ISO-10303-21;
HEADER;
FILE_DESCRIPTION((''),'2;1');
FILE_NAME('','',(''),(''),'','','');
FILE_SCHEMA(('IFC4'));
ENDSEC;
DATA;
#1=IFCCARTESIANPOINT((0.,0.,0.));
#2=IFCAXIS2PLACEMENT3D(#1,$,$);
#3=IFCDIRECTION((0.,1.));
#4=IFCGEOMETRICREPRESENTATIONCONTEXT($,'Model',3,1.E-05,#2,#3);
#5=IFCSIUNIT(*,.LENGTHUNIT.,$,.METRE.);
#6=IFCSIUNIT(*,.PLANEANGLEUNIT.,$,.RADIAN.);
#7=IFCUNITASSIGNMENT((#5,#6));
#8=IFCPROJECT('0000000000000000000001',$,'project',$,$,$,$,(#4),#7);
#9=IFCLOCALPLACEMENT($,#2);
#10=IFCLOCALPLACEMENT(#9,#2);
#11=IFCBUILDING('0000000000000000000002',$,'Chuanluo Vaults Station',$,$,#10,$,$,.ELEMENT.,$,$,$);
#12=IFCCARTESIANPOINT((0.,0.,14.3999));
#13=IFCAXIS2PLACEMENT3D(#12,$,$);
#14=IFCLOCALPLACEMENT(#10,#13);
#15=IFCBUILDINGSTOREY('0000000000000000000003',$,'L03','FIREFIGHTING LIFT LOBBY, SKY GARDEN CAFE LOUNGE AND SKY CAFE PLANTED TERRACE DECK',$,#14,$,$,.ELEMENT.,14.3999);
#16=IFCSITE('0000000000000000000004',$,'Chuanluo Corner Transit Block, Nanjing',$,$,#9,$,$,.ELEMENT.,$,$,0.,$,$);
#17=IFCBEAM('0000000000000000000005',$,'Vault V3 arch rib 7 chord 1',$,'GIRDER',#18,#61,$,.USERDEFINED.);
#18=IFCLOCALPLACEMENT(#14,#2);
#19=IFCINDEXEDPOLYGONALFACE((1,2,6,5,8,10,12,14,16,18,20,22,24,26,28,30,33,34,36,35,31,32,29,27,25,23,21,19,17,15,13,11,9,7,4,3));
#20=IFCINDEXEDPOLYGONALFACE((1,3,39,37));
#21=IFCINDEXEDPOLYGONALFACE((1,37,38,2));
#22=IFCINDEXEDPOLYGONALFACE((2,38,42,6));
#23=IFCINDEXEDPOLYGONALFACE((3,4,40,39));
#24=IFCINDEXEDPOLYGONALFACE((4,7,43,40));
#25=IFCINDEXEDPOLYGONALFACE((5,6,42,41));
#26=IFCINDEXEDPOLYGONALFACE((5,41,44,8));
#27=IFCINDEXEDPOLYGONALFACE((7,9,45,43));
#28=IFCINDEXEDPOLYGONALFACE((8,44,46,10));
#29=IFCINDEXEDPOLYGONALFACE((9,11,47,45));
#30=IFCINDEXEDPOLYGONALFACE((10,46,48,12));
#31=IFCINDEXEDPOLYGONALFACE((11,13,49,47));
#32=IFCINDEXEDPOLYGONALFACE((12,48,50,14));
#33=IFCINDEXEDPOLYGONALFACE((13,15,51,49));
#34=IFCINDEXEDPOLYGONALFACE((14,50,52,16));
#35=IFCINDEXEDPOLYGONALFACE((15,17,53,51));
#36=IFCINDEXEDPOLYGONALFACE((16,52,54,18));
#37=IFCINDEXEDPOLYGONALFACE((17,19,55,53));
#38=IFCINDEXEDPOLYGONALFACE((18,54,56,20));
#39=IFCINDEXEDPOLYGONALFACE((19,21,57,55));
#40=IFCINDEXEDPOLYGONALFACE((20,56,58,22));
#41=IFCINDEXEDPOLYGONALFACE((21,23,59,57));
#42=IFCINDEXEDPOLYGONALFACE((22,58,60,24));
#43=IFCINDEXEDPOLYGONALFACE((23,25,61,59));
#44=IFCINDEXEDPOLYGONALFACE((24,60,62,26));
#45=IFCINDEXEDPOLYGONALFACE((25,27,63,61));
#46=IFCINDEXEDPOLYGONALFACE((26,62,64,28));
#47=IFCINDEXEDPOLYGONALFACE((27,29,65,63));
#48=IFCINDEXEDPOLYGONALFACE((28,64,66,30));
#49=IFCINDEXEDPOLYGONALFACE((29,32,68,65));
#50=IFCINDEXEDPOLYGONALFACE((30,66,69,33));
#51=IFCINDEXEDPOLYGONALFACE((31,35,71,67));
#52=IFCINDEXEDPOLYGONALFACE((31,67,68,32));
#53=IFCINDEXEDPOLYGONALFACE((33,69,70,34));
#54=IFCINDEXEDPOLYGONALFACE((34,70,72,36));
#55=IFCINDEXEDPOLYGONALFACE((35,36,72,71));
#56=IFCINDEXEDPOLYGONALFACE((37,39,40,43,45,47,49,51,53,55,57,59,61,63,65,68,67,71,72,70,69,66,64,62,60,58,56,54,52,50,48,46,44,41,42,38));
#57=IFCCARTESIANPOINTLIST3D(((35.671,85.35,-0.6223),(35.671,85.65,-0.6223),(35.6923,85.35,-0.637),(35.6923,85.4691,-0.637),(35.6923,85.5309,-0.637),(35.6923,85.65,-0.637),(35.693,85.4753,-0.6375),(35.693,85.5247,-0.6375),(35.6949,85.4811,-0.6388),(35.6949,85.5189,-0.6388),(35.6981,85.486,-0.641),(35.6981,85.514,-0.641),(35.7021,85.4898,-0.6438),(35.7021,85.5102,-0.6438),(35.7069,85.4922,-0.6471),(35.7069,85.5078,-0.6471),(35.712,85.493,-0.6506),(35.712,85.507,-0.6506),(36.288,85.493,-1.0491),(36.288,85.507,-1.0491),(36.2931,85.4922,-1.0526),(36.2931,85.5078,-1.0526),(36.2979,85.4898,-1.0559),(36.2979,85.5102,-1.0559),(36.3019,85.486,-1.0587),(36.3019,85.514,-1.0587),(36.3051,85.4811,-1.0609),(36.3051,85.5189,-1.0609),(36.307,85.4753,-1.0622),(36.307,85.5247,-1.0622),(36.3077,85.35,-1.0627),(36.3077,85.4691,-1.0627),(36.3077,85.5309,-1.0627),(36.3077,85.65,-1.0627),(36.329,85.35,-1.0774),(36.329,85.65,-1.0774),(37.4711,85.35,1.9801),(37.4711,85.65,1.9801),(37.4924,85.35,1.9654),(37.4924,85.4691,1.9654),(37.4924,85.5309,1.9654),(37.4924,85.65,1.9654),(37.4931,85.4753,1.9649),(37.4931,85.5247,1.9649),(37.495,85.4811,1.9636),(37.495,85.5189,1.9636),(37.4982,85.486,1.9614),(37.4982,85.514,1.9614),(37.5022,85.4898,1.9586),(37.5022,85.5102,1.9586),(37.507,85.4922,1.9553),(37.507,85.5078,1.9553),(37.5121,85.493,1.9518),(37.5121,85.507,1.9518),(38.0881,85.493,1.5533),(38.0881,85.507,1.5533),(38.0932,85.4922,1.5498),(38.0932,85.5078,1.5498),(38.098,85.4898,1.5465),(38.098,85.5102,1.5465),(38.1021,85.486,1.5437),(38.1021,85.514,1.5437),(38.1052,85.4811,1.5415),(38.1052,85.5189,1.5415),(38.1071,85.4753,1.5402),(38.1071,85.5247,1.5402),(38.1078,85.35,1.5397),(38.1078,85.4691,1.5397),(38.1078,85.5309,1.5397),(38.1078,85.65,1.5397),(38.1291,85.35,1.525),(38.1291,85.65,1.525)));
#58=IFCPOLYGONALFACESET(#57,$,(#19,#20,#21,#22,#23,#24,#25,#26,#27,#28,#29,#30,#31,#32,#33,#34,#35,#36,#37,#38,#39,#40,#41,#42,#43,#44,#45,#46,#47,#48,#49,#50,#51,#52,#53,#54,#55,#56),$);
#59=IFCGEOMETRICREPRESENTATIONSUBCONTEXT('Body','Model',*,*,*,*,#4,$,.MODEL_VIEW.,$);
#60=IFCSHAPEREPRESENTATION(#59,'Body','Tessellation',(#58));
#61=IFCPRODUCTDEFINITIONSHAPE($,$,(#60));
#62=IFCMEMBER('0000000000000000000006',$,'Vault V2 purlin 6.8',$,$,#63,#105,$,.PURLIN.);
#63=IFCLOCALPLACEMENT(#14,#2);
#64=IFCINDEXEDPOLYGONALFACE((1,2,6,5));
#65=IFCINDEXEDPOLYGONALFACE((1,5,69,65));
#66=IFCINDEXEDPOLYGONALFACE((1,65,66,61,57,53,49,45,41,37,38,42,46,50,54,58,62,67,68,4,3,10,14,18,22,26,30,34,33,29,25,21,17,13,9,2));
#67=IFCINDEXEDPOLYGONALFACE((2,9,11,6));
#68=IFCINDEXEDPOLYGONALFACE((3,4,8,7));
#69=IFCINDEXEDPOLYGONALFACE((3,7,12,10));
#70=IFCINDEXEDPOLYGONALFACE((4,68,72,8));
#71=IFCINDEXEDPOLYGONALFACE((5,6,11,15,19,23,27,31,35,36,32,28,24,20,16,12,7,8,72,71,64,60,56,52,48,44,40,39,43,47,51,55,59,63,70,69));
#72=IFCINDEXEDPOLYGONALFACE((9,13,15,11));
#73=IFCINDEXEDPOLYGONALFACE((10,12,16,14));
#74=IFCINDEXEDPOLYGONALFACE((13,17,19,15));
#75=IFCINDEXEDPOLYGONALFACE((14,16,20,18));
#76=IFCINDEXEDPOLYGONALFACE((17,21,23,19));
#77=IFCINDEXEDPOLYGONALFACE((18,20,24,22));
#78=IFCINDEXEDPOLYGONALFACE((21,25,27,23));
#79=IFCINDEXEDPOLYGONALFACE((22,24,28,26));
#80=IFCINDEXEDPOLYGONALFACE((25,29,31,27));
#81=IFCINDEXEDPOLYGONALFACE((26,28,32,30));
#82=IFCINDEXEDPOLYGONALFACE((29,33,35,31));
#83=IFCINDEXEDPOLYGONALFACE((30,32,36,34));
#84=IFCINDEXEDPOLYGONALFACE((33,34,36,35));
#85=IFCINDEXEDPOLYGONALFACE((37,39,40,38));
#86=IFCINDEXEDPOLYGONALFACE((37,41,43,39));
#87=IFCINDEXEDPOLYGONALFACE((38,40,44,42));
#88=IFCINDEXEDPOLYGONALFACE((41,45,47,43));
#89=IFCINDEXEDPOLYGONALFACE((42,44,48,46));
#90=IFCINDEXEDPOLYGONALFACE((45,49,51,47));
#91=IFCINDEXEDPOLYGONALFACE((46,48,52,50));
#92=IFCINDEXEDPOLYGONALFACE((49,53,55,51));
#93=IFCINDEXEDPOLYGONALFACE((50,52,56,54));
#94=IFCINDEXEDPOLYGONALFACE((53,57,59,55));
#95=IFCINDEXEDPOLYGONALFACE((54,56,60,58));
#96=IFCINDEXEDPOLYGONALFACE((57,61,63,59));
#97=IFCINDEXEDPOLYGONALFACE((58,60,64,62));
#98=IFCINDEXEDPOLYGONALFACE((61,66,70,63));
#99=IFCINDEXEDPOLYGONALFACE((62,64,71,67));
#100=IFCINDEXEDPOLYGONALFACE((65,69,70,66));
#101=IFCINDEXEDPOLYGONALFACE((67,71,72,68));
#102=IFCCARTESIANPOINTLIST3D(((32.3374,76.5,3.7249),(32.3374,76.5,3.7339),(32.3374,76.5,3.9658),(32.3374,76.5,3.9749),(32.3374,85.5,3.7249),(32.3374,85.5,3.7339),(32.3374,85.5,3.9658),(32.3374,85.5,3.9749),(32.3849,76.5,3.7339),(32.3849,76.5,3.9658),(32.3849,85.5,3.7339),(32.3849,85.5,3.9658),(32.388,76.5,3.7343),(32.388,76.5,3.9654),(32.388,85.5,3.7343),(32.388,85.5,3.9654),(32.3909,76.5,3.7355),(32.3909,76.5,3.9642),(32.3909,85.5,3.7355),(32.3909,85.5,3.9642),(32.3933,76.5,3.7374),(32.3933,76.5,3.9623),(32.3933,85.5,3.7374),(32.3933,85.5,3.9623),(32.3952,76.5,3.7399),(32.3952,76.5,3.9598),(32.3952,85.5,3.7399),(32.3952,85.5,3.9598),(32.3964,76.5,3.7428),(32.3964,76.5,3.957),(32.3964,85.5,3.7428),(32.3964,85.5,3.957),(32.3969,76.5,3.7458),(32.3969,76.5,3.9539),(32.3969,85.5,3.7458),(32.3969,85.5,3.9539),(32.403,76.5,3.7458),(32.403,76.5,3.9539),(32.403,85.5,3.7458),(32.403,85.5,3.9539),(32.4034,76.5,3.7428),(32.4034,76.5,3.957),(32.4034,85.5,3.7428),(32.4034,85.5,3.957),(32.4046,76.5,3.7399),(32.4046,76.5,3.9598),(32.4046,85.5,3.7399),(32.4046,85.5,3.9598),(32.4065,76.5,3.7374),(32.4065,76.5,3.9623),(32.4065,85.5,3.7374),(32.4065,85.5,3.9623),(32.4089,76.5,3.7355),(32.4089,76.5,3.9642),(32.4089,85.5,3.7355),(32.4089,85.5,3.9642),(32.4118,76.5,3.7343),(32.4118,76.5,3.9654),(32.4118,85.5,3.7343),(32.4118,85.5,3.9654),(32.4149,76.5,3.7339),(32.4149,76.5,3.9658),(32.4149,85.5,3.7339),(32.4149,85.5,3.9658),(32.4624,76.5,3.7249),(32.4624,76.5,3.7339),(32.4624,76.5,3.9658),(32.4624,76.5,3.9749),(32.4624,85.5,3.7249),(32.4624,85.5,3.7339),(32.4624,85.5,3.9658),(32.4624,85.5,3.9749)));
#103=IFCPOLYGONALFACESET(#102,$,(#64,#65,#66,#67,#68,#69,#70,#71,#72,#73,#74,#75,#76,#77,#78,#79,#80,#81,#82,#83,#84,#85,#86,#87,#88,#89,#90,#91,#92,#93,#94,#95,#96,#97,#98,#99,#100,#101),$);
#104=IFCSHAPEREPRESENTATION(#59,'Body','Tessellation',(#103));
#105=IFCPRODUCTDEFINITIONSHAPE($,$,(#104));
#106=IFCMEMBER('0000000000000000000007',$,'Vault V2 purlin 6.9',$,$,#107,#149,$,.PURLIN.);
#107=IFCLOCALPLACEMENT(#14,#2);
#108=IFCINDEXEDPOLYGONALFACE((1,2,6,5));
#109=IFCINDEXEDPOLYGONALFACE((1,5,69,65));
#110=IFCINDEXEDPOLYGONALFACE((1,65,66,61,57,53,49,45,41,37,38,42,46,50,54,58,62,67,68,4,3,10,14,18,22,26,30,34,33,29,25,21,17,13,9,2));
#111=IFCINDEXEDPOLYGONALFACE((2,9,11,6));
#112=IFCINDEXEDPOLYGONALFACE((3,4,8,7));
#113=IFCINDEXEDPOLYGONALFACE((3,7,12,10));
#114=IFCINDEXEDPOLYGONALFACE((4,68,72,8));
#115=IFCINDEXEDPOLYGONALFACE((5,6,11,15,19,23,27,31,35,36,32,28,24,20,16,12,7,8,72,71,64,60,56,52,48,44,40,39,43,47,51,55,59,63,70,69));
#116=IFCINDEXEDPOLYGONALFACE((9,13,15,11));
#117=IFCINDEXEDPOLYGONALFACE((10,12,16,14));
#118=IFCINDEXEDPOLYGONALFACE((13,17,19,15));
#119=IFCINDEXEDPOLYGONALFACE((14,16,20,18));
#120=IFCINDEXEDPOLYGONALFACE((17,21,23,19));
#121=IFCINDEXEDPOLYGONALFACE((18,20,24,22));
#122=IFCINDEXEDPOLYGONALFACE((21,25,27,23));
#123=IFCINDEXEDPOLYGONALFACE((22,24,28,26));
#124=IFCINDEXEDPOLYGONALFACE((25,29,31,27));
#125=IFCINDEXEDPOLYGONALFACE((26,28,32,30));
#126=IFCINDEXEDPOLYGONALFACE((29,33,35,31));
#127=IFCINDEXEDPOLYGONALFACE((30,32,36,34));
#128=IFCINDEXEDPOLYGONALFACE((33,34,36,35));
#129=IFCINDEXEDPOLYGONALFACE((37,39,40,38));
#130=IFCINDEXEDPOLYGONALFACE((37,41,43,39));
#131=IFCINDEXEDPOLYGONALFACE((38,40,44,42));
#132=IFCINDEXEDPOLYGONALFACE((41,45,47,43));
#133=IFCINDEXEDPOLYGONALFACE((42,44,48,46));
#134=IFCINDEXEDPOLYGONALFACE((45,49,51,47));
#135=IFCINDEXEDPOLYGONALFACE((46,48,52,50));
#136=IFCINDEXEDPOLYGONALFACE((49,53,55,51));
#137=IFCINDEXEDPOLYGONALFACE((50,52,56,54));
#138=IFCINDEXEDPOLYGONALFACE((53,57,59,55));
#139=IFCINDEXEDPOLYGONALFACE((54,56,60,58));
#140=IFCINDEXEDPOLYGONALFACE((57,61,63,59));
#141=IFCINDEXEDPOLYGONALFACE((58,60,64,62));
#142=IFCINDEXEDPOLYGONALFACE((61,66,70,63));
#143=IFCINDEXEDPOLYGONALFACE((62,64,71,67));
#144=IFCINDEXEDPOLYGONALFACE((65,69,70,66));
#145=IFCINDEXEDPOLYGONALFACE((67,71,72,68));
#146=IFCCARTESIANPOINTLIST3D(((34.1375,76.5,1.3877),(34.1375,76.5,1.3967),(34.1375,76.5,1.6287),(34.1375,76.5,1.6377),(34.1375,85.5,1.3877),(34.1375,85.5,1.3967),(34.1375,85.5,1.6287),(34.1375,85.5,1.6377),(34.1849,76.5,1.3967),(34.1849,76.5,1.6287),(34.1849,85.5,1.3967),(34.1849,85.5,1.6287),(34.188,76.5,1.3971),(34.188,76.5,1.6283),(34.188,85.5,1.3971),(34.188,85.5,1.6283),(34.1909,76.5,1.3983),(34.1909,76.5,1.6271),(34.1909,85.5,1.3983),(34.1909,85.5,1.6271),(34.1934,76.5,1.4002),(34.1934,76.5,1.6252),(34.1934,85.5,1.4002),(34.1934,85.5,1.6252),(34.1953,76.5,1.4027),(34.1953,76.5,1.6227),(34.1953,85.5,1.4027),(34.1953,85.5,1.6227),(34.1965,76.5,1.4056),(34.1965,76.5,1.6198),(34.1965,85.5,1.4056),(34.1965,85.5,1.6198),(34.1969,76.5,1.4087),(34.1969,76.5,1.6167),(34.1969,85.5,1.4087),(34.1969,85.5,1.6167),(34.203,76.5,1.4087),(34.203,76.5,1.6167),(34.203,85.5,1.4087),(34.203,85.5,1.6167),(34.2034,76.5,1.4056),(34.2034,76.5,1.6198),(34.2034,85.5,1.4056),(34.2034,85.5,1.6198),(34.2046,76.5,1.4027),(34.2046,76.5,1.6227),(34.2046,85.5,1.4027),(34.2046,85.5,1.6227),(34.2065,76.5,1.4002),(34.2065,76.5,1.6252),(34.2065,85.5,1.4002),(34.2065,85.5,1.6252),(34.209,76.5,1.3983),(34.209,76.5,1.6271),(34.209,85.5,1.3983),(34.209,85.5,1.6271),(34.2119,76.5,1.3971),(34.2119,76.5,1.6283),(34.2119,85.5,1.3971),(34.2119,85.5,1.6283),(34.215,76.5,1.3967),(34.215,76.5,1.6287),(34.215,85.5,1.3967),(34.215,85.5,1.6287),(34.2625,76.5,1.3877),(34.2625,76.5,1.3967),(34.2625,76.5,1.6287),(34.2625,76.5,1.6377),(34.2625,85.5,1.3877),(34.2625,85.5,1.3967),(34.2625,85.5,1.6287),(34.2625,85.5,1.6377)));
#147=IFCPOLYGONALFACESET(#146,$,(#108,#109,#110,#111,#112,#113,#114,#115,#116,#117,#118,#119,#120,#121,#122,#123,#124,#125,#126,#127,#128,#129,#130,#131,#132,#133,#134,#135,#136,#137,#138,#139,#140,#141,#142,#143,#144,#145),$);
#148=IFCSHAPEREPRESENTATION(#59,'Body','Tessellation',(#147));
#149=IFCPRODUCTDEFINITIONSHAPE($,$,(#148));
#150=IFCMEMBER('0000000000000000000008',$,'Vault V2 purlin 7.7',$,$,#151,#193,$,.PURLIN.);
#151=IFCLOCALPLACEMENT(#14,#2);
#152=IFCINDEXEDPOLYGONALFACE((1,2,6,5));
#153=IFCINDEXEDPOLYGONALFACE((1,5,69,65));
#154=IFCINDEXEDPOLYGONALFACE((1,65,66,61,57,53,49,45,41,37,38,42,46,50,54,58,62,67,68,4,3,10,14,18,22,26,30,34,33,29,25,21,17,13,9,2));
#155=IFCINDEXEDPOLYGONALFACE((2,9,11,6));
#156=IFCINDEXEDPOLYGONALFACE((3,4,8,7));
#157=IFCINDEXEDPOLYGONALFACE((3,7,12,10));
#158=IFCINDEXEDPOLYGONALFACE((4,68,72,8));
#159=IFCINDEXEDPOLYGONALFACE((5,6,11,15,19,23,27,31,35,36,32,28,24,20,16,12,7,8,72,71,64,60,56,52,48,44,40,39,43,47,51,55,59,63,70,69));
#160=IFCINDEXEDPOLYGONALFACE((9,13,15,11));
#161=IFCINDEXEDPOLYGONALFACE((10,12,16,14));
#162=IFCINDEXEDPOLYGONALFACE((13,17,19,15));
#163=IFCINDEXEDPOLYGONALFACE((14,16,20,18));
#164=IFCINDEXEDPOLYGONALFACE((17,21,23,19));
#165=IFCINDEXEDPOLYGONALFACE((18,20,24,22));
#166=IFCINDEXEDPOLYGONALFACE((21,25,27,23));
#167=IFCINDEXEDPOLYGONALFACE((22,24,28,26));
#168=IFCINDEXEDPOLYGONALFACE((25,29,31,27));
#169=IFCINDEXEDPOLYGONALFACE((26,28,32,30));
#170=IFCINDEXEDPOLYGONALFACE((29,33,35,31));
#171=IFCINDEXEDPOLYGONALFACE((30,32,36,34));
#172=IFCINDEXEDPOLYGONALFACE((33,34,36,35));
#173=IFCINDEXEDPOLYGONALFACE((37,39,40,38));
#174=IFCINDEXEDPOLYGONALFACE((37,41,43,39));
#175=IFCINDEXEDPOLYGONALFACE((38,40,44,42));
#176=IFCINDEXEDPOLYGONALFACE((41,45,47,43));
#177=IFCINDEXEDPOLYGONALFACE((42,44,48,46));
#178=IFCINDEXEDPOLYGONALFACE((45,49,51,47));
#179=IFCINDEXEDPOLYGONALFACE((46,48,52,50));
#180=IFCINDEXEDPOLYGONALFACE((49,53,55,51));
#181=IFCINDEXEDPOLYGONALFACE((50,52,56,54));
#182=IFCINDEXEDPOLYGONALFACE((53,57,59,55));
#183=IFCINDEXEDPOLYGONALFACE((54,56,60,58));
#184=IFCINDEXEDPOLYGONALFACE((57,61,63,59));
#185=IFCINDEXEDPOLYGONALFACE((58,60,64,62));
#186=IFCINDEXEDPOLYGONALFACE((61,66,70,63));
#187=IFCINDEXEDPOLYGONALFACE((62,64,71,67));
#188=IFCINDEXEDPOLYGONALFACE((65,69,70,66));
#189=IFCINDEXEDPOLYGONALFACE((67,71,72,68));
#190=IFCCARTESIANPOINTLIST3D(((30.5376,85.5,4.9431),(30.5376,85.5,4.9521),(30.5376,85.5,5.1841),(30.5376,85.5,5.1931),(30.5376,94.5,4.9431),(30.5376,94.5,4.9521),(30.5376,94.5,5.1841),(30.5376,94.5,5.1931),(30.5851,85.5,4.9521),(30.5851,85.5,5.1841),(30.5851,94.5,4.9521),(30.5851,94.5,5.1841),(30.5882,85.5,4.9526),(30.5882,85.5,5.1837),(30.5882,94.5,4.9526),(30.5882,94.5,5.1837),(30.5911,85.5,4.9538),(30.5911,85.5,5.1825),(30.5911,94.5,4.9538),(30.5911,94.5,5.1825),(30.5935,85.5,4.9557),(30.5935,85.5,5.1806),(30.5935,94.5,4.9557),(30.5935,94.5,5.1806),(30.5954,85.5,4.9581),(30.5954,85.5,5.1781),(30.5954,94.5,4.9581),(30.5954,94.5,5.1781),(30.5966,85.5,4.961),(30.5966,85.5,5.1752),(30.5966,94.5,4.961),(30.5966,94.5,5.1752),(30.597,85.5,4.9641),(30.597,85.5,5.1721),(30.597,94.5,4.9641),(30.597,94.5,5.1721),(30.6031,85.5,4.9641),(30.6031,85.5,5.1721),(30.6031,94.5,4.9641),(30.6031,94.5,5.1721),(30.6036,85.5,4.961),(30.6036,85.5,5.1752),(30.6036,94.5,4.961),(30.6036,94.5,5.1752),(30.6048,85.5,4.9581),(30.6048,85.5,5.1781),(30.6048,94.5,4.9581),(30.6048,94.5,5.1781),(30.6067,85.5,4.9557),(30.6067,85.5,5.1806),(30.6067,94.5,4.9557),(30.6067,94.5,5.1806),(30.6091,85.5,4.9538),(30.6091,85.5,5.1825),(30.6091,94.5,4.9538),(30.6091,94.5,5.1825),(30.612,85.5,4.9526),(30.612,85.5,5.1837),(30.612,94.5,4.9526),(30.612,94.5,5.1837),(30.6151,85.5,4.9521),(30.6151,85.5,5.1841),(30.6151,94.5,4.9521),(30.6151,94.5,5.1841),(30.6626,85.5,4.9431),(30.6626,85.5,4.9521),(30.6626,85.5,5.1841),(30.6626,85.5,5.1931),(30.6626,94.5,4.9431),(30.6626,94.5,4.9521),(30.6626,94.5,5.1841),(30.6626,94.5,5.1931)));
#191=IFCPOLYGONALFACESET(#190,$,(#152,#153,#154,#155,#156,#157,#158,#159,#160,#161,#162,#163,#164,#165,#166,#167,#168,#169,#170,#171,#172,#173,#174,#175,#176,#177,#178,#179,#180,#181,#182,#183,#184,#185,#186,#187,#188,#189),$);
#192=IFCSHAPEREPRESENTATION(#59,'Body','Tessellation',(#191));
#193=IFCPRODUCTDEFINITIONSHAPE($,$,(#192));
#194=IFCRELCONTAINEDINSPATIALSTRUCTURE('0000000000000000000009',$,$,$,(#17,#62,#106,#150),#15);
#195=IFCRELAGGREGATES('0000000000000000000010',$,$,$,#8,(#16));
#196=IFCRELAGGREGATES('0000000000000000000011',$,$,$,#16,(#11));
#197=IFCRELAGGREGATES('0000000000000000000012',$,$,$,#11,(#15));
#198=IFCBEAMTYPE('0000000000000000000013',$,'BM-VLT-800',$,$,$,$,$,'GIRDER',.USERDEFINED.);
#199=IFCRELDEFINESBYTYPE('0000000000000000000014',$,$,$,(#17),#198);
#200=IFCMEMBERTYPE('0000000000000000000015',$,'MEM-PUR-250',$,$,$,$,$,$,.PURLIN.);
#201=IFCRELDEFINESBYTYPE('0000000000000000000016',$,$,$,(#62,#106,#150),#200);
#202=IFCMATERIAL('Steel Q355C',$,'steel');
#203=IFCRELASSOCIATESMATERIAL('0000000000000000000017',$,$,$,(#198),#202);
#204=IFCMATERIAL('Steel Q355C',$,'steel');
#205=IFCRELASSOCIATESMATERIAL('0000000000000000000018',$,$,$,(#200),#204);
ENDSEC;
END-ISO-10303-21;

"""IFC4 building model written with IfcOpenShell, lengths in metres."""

from ifc_helpers import new_model, si_unit, direction, frame, origin, origin_2d, place, context, subcontext, project, spatial, i_section, extrude, material, material_profile, profile_set, type_object, element, save


model = new_model("IFC4")

# Units and contexts
model_context = context("Model", 3, precision=1e-05, world=origin(), true_north=direction((0.0, 1.0)))
body_context = subcontext(model_context, "Body", "Model", "MODEL_VIEW")
ifc_project = project(units=[si_unit("LENGTHUNIT", "METRE"), si_unit("PLANEANGLEUNIT", "RADIAN")], contexts=[model_context])

# Site, building, storey
site_placement = place(None, origin())
site = spatial("IfcSite", under=ifc_project, at=site_placement, Name="Chuanluo Corner Transit Block, Nanjing", CompositionType="ELEMENT", RefElevation=0.0)
building_placement = place(site_placement, origin())
building = spatial("IfcBuilding", under=site, at=building_placement, Name="Chuanluo Vaults Station", CompositionType="ELEMENT")
storey_placement = place(building_placement, frame((0.0, 0.0, 14.3999)))
storey = spatial("IfcBuildingStorey", under=building, at=storey_placement, Name="L03", Description="FIREFIGHTING LIFT LOBBY, SKY GARDEN CAFE LOUNGE AND SKY CAFE PLANTED TERRACE DECK", CompositionType="ELEMENT", Elevation=14.3999)

# Beam
ifc_material_1 = material(Name="Steel Q355C", Category="steel")
ifc_material_profile_1 = material_profile(ifc_material_1, i_section(OverallWidth=0.3, OverallDepth=0.8, WebThickness=0.0139, FlangeThickness=0.0259, FilletRadius=0.0239, at=origin_2d()))
ifc_profile_set_1 = profile_set([ifc_material_profile_1], Name="Steel Q355C")
beam_type_1 = type_object("IfcBeamType", Name="BM-VLT-800", ElementType="GIRDER", PredefinedType="USERDEFINED", material=ifc_profile_set_1)
for number, where, z_axis, x_axis, name in (
    (1, (36.0, 85.5, -0.8499), (0.568881, 0.0, 0.82242), (0.0, 1.0, 0.0), "Vault V3 arch rib 7 chord 1"),
):
    element("IfcBeam", number, at=place(storey_placement, frame(where, z_axis=z_axis, x_axis=x_axis)), inside=storey, type_object=beam_type_1, Name=name, ObjectType="GIRDER", PredefinedType="USERDEFINED", context=body_context, shape_type="SweptSolid", body=[
        extrude(i_section(OverallWidth=0.3, OverallDepth=0.8, WebThickness=0.0139, FlangeThickness=0.0259, FilletRadius=0.0239, at=origin_2d()), origin(), (0.0, 0.0, 1.0), 3.1643),
    ])

# Members
ifc_material_2 = material(Name="Steel Q355C", Category="steel")
ifc_material_profile_2 = material_profile(ifc_material_2, i_section(OverallWidth=0.125, OverallDepth=0.25, WebThickness=0.0061, FlangeThickness=0.009, FilletRadius=0.012, at=origin_2d()))
ifc_profile_set_2 = profile_set([ifc_material_profile_2], Name="Steel Q355C")
member_type_1 = type_object("IfcMemberType", Name="MEM-PUR-250", PredefinedType="PURLIN", material=ifc_profile_set_2)
for number, where, z_axis, x_axis, name in (
    (2, (32.3999, 76.5, 3.8499), (0.0, 1.0, 0.0), (-1.0, 0.0, 0.0), "Vault V2 purlin 6.8"),
    (3, (34.2, 76.5, 1.5127), (0.0, 1.0, 0.0), (-1.0, 0.0, 0.0), "Vault V2 purlin 6.9"),
    (4, (30.6001, 85.5, 5.0681), (0.0, 1.0, 0.0), (-1.0, 0.0, 0.0), "Vault V2 purlin 7.7"),
):
    element("IfcMember", number, at=place(storey_placement, frame(where, z_axis=z_axis, x_axis=x_axis)), inside=storey, type_object=member_type_1, Name=name, PredefinedType="PURLIN", context=body_context, shape_type="SweptSolid", body=[
        extrude(i_section(OverallWidth=0.125, OverallDepth=0.25, WebThickness=0.0061, FlangeThickness=0.009, FilletRadius=0.012, at=origin_2d()), origin(), (0.0, 0.0, 1.0), 9.0),
    ])

save(model, "model.ifc")
